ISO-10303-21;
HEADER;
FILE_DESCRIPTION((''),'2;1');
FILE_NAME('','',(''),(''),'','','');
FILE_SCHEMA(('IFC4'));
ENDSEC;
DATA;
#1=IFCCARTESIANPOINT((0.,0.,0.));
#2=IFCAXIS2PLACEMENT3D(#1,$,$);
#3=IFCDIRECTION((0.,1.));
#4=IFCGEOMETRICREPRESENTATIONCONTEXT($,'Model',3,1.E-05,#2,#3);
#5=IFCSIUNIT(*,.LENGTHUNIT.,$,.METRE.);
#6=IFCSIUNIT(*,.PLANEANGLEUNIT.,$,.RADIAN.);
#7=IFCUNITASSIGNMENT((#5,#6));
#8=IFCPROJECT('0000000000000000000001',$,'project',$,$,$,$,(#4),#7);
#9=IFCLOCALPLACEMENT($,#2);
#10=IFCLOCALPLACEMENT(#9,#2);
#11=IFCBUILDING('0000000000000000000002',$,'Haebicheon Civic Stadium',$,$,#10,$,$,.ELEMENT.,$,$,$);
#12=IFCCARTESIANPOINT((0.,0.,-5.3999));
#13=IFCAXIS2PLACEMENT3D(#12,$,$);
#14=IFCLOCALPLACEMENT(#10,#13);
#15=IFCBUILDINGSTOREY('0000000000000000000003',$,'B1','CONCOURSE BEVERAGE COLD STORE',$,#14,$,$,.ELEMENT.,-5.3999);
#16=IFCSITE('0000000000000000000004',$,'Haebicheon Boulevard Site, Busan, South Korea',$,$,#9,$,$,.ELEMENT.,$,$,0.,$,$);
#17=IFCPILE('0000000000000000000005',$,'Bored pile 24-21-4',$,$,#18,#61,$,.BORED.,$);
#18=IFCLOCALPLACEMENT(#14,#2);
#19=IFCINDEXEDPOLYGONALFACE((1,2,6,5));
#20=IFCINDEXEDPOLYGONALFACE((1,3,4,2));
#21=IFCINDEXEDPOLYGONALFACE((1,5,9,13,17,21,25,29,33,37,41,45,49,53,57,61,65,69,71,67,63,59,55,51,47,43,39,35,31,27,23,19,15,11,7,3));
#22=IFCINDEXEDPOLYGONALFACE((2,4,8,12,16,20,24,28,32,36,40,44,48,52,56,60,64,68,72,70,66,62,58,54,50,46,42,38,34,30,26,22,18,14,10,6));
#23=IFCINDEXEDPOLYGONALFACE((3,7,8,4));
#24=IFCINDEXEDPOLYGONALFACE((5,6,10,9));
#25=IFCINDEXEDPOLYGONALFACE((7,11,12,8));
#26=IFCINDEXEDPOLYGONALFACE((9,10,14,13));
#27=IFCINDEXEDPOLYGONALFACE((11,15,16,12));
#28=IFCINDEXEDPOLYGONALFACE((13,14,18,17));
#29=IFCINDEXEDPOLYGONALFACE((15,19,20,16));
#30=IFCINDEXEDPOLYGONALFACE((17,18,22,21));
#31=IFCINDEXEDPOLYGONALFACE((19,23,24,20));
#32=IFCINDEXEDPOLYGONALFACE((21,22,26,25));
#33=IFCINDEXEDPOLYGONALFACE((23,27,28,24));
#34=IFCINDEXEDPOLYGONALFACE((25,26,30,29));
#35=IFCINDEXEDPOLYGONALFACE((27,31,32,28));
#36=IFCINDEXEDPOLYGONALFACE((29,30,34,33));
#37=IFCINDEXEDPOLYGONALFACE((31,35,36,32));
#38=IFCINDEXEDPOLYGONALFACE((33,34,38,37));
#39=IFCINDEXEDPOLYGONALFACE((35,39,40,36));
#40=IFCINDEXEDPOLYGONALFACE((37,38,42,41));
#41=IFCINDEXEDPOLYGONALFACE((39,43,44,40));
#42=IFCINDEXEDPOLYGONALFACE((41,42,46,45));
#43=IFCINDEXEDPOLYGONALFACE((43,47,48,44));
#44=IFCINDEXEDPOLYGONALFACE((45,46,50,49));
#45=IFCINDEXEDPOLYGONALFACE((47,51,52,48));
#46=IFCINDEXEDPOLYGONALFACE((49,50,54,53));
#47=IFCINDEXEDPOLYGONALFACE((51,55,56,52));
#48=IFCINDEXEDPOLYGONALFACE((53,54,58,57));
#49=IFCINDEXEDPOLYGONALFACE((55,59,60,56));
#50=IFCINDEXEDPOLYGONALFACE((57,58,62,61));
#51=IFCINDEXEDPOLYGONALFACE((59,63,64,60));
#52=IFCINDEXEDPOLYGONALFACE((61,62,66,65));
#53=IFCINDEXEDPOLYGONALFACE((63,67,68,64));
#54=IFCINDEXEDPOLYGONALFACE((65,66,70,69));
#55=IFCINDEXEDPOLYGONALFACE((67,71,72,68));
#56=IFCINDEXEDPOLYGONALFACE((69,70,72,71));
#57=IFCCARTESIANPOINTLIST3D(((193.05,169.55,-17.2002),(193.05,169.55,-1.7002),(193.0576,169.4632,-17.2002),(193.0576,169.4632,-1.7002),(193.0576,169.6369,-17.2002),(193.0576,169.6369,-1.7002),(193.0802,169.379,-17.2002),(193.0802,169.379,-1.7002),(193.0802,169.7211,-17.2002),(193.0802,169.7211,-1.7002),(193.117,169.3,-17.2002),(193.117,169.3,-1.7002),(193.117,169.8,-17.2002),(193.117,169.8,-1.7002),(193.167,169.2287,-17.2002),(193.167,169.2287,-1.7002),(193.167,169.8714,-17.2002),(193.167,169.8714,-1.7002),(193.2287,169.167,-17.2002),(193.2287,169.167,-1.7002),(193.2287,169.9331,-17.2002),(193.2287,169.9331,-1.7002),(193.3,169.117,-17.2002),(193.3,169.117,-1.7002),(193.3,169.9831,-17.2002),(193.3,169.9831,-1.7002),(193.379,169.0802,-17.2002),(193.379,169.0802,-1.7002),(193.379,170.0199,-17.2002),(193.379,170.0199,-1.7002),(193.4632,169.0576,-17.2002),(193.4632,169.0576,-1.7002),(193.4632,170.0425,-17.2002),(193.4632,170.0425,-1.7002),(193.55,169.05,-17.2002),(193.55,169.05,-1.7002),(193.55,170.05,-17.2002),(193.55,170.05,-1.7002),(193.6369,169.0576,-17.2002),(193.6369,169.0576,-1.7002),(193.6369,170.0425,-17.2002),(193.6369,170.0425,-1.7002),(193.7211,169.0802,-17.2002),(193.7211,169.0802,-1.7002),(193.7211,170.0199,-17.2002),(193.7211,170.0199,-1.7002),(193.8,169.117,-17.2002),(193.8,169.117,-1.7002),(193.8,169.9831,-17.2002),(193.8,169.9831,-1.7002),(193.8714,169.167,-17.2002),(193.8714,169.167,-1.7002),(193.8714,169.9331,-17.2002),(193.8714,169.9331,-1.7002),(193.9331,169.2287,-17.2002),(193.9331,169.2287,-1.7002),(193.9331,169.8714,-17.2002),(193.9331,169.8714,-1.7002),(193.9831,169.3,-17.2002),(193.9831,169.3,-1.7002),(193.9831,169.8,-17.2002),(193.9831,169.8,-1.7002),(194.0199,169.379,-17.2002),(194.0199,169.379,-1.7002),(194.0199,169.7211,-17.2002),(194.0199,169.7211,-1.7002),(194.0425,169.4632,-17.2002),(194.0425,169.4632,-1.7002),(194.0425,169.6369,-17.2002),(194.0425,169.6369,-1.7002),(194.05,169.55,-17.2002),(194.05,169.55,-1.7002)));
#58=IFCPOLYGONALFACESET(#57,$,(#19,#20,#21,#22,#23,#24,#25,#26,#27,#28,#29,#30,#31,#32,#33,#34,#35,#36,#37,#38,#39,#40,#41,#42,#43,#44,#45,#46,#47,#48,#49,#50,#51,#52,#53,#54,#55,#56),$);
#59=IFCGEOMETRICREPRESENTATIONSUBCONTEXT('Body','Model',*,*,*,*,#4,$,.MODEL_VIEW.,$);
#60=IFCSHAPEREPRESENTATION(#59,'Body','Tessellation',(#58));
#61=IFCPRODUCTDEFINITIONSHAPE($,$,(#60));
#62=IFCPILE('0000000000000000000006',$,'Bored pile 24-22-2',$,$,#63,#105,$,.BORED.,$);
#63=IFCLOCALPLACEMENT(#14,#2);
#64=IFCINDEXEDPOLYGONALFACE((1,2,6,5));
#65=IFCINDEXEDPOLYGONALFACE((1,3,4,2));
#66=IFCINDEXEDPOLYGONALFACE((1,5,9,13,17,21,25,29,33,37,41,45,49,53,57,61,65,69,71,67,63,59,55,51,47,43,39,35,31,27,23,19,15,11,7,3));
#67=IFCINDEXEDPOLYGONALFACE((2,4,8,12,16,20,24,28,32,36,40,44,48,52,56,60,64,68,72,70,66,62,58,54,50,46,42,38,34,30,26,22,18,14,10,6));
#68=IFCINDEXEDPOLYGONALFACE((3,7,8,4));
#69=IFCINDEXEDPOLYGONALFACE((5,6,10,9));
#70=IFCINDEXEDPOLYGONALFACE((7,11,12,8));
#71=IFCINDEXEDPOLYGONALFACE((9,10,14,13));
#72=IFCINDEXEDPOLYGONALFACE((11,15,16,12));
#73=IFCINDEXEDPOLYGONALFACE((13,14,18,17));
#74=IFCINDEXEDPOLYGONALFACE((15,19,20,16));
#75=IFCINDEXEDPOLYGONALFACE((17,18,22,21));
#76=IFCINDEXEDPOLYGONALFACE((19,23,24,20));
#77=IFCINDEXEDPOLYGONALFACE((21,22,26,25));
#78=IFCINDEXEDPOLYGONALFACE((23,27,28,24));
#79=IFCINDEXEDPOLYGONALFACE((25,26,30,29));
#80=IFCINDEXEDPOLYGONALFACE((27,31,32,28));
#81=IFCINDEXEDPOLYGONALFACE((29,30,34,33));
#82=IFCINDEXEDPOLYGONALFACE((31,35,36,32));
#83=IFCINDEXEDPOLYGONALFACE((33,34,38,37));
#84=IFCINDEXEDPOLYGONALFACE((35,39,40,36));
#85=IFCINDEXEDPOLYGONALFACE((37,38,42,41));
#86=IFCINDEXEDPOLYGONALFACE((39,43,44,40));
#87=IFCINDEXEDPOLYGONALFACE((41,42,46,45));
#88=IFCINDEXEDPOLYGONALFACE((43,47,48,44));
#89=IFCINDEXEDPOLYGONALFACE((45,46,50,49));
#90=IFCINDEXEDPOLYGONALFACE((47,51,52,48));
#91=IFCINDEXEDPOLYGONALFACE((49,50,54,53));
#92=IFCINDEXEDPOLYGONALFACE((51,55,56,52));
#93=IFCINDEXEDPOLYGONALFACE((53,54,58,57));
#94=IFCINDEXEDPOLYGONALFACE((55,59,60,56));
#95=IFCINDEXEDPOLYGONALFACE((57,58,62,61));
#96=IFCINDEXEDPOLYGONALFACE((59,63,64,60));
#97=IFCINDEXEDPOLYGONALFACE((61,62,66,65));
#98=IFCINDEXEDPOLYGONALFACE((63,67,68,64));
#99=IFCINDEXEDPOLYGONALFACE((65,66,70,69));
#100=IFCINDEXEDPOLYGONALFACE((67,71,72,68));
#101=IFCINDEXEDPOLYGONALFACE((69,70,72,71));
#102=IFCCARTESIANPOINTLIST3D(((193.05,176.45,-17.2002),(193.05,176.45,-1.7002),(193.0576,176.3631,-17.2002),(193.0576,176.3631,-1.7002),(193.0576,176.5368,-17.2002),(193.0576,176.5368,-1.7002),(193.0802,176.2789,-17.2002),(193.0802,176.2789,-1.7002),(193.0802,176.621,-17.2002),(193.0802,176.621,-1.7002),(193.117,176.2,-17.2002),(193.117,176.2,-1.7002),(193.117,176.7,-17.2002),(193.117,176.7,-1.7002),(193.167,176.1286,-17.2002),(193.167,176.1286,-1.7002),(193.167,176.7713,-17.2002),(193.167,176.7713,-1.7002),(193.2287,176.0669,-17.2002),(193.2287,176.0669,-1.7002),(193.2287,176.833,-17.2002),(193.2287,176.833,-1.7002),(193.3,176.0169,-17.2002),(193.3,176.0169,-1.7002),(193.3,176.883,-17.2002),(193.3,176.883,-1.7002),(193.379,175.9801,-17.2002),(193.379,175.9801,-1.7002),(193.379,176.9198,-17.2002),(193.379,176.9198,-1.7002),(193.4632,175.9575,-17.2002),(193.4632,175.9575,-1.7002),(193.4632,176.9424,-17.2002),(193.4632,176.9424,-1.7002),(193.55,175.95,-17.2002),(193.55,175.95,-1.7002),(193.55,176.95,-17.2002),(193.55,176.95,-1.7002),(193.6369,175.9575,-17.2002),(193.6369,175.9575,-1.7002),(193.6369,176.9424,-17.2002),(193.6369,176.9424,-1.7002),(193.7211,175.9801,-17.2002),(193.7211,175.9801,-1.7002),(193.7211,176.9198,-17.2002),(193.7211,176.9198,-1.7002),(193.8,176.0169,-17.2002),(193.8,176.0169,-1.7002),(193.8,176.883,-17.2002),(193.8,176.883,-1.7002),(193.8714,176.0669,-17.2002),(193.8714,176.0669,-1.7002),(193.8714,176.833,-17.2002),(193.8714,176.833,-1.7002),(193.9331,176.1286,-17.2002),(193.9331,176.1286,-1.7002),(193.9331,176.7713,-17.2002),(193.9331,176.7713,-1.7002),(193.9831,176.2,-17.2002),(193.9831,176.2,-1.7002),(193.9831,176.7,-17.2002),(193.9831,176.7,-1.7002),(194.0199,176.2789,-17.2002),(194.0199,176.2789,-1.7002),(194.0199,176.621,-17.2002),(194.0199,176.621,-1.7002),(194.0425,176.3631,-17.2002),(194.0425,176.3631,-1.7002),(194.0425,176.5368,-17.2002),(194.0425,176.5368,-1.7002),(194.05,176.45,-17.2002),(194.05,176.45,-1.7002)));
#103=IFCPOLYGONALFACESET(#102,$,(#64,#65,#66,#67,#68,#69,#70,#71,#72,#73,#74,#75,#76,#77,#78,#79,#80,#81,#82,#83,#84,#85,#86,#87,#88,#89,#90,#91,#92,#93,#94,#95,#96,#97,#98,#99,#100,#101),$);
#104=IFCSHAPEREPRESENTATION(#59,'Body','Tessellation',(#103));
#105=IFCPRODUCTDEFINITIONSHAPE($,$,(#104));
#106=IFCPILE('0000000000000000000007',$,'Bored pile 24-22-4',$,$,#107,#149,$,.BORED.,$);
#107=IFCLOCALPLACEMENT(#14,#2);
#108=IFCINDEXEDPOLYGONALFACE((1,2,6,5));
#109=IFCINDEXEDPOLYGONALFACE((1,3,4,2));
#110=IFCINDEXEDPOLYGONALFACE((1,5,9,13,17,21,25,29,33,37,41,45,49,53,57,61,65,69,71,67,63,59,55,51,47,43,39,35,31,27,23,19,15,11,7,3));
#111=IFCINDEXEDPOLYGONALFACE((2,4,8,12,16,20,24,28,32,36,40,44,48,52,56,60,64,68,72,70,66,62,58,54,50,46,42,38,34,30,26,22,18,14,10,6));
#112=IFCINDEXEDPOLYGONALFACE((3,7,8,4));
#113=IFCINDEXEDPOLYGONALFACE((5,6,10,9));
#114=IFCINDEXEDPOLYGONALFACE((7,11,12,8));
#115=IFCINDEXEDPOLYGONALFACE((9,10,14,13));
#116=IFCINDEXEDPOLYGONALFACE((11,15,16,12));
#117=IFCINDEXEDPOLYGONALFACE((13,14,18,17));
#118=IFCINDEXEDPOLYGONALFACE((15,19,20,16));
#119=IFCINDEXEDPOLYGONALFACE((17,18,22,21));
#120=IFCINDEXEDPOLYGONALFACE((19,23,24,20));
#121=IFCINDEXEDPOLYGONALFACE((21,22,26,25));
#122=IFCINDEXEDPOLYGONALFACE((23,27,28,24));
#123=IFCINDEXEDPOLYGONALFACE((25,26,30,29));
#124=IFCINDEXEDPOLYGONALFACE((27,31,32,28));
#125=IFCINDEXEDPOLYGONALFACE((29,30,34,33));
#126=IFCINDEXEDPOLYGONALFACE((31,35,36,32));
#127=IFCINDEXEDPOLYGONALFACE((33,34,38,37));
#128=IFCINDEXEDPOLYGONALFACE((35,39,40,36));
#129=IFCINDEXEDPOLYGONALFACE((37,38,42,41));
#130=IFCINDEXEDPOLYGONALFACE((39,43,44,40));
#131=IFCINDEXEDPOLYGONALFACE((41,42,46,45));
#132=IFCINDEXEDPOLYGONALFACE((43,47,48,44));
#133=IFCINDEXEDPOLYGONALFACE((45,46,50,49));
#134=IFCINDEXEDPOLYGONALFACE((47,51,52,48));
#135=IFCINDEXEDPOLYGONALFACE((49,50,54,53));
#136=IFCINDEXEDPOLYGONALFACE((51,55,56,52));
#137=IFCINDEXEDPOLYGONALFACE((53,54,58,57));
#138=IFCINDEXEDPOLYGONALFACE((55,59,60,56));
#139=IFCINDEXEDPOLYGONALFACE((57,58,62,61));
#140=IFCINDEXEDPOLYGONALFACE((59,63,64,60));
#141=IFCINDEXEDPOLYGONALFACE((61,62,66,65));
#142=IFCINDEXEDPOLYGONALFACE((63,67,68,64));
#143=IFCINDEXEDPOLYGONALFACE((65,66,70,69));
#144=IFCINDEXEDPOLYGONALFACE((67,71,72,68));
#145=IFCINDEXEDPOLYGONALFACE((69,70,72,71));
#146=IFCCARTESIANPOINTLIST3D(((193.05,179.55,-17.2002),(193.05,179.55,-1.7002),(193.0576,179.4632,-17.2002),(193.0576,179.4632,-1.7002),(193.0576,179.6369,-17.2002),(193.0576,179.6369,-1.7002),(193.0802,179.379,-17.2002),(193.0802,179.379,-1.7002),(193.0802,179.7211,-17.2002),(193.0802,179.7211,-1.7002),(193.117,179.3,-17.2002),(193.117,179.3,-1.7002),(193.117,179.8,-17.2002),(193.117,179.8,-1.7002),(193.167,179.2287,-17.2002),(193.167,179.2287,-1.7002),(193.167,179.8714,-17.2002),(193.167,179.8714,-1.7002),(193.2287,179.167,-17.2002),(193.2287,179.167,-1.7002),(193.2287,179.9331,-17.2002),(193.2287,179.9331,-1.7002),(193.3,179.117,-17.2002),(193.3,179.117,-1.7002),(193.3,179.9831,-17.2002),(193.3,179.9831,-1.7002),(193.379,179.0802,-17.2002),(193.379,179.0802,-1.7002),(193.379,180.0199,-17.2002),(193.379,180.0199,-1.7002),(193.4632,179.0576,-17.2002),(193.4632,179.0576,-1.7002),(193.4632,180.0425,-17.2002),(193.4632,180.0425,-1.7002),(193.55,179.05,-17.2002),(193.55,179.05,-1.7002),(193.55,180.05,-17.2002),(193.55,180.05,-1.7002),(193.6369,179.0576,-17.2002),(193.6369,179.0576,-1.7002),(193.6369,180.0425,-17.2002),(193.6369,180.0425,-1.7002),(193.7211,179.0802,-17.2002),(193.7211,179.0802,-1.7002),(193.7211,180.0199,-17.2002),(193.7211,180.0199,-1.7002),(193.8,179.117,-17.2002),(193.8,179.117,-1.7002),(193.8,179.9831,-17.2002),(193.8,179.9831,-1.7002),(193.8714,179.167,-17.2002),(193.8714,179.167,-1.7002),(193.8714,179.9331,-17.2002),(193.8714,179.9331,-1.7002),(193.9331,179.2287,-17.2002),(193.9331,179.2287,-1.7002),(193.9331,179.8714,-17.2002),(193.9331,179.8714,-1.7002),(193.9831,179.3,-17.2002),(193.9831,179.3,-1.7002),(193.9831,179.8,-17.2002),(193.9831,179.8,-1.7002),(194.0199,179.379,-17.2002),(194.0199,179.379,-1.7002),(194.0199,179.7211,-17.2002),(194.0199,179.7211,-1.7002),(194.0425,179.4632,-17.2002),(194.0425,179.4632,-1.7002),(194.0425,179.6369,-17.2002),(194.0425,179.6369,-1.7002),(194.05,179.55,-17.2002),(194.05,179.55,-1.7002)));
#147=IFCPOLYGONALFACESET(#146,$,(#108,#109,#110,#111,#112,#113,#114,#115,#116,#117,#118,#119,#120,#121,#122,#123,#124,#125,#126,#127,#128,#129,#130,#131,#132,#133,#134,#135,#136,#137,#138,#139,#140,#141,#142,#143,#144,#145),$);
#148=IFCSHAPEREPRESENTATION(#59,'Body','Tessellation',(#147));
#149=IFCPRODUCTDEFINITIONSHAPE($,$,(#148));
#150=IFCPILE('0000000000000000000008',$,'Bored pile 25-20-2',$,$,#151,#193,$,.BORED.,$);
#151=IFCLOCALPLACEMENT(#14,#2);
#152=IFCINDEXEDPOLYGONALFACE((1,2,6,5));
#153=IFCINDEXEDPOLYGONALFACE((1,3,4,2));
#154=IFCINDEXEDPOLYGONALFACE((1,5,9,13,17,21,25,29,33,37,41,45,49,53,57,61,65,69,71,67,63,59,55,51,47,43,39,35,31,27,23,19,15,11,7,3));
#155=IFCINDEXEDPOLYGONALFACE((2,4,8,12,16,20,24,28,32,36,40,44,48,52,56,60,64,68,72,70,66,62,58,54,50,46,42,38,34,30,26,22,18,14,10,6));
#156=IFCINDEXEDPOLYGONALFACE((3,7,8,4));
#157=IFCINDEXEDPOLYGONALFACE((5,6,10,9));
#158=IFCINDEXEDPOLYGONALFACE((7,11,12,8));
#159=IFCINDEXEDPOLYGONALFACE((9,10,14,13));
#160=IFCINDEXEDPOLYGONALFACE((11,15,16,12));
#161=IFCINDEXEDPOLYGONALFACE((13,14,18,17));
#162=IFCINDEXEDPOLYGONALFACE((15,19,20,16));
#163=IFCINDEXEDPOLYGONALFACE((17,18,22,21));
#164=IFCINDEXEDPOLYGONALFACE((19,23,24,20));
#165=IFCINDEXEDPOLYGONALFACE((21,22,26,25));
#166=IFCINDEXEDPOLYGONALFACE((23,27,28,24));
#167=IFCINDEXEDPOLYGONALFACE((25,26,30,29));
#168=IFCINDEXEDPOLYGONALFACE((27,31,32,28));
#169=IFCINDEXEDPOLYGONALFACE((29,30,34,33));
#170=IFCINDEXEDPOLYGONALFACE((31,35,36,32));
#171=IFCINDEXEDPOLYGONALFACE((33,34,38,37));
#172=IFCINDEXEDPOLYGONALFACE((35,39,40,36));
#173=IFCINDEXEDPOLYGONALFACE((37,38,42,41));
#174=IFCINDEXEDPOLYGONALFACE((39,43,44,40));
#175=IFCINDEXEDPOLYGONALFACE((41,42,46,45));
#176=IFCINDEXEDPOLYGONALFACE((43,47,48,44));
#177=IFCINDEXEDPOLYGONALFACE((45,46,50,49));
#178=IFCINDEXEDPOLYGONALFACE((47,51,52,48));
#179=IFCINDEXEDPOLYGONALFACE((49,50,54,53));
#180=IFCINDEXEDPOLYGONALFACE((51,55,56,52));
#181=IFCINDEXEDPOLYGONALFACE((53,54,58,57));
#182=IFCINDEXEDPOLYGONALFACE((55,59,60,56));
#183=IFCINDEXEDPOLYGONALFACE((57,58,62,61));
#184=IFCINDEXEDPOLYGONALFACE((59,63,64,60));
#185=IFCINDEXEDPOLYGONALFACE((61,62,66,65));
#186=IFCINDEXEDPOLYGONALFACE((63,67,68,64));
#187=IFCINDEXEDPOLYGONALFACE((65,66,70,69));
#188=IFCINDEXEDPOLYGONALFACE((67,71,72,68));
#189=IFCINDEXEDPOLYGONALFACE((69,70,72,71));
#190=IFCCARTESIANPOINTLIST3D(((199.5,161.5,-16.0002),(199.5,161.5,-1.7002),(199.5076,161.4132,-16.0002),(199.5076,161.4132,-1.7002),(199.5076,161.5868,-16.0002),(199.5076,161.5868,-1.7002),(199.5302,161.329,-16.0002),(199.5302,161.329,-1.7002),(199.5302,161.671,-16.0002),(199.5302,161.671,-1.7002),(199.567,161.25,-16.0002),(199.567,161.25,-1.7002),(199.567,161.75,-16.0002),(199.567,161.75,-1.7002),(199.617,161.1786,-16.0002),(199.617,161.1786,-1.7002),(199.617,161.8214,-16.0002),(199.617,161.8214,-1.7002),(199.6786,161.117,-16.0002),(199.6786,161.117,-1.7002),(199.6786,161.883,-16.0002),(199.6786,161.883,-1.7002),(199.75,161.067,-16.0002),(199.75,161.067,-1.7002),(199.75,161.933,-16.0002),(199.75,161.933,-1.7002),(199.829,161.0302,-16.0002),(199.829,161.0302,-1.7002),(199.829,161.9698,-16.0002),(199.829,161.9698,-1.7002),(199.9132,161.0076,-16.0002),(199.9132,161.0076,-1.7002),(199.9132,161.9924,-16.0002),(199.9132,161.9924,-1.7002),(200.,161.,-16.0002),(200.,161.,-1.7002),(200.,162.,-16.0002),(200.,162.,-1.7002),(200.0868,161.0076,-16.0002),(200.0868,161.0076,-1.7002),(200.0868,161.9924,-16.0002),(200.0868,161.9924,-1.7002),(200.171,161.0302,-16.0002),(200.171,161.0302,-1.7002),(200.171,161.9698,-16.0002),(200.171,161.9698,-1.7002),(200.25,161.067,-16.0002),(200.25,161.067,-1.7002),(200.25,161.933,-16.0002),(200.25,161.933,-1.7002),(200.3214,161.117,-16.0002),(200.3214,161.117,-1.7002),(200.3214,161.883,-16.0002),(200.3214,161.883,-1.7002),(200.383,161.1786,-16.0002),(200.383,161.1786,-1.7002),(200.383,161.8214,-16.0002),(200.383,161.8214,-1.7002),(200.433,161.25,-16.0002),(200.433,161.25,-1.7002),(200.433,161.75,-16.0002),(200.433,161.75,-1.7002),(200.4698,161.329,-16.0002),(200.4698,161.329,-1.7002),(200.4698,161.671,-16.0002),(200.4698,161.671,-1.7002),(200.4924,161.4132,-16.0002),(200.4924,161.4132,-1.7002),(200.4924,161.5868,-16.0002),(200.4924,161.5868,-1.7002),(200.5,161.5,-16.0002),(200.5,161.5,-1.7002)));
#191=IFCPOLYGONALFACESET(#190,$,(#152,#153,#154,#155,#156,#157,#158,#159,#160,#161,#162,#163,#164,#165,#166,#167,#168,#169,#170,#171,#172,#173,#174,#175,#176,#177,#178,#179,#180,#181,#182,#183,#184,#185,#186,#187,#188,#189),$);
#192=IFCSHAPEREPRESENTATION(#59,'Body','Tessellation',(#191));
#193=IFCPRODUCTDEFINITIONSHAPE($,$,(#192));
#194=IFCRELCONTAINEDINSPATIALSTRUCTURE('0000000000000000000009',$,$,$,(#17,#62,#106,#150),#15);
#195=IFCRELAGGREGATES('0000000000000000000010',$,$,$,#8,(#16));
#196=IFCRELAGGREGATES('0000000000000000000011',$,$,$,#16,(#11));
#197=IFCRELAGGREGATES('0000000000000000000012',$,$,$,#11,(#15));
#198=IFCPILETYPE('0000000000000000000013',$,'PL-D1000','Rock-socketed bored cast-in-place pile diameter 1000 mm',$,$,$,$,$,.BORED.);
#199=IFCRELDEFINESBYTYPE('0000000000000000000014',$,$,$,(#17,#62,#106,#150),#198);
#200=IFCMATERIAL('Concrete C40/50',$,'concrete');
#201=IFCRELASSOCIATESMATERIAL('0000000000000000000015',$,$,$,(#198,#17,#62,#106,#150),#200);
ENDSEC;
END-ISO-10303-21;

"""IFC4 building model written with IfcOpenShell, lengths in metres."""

from ifc_helpers import new_model, si_unit, direction, frame, origin, origin_2d, place, context, subcontext, project, spatial, circle, extrude, material, material_profile, profile_set, type_object, element, save


model = new_model("IFC4")

# Units and contexts
model_context = context("Model", 3, precision=1e-05, world=origin(), true_north=direction((0.0, 1.0)))
body_context = subcontext(model_context, "Body", "Model", "MODEL_VIEW")
ifc_project = project(units=[si_unit("LENGTHUNIT", "METRE"), si_unit("PLANEANGLEUNIT", "RADIAN")], contexts=[model_context])

# Site, building, storey
site_placement = place(None, origin())
site = spatial("IfcSite", under=ifc_project, at=site_placement, Name="Haebicheon Boulevard Site, Busan, South Korea", CompositionType="ELEMENT", RefElevation=0.0)
building_placement = place(site_placement, origin())
building = spatial("IfcBuilding", under=site, at=building_placement, Name="Haebicheon Civic Stadium", CompositionType="ELEMENT")
storey_placement = place(building_placement, frame((0.0, 0.0, -5.3999)))
storey = spatial("IfcBuildingStorey", under=building, at=storey_placement, Name="B1", Description="CONCOURSE BEVERAGE COLD STORE", CompositionType="ELEMENT", Elevation=-5.3999)

# Piles
ifc_material_1 = material(Name="Concrete C40/50", Category="concrete")
ifc_material_profile_1 = material_profile(ifc_material_1, circle(Radius=0.5, at=origin_2d()), Name="PILE-D1000")
ifc_profile_set_1 = profile_set([ifc_material_profile_1], Name="Concrete C40/50")
pile_type = type_object("IfcPileType", Name="PL-D1000", Description="Rock-socketed bored cast-in-place pile diameter 1000 mm", PredefinedType="BORED", material=ifc_profile_set_1)
for number, where, z_axis, x_axis, name in (
    (1, (193.55, 169.55, -1.7002), (0.0, 0.0, -1.0), (1.0, 0.0, 0.0), "Bored pile 24-21-4"),
    (2, (193.55, 176.45, -1.7002), (0.0, 0.0, -1.0), (1.0, 0.0, 0.0), "Bored pile 24-22-2"),
    (3, (193.55, 179.55, -1.7002), (0.0, 0.0, -1.0), (1.0, 0.0, 0.0), "Bored pile 24-22-4"),
):
    element("IfcPile", number, at=place(storey_placement, frame(where, z_axis=z_axis, x_axis=x_axis)), inside=storey, type_object=pile_type, material=ifc_profile_set_1, Name=name, PredefinedType="BORED", context=body_context, shape_type="SweptSolid", body=[
        extrude(circle(Radius=0.5, at=origin_2d()), origin(), (0.0, 0.0, 1.0), 15.5),
    ])
for number, where, z_axis, x_axis, name in (
    (4, (200.0, 161.5, -1.7002), (0.0, 0.0, -1.0), (1.0, 0.0, 0.0), "Bored pile 25-20-2"),
):
    element("IfcPile", number, at=place(storey_placement, frame(where, z_axis=z_axis, x_axis=x_axis)), inside=storey, type_object=pile_type, material=ifc_profile_set_1, Name=name, PredefinedType="BORED", context=body_context, shape_type="SweptSolid", body=[
        extrude(circle(Radius=0.5, at=origin_2d()), origin(), (0.0, 0.0, 1.0), 14.3),
    ])

save(model, "model.ifc")
